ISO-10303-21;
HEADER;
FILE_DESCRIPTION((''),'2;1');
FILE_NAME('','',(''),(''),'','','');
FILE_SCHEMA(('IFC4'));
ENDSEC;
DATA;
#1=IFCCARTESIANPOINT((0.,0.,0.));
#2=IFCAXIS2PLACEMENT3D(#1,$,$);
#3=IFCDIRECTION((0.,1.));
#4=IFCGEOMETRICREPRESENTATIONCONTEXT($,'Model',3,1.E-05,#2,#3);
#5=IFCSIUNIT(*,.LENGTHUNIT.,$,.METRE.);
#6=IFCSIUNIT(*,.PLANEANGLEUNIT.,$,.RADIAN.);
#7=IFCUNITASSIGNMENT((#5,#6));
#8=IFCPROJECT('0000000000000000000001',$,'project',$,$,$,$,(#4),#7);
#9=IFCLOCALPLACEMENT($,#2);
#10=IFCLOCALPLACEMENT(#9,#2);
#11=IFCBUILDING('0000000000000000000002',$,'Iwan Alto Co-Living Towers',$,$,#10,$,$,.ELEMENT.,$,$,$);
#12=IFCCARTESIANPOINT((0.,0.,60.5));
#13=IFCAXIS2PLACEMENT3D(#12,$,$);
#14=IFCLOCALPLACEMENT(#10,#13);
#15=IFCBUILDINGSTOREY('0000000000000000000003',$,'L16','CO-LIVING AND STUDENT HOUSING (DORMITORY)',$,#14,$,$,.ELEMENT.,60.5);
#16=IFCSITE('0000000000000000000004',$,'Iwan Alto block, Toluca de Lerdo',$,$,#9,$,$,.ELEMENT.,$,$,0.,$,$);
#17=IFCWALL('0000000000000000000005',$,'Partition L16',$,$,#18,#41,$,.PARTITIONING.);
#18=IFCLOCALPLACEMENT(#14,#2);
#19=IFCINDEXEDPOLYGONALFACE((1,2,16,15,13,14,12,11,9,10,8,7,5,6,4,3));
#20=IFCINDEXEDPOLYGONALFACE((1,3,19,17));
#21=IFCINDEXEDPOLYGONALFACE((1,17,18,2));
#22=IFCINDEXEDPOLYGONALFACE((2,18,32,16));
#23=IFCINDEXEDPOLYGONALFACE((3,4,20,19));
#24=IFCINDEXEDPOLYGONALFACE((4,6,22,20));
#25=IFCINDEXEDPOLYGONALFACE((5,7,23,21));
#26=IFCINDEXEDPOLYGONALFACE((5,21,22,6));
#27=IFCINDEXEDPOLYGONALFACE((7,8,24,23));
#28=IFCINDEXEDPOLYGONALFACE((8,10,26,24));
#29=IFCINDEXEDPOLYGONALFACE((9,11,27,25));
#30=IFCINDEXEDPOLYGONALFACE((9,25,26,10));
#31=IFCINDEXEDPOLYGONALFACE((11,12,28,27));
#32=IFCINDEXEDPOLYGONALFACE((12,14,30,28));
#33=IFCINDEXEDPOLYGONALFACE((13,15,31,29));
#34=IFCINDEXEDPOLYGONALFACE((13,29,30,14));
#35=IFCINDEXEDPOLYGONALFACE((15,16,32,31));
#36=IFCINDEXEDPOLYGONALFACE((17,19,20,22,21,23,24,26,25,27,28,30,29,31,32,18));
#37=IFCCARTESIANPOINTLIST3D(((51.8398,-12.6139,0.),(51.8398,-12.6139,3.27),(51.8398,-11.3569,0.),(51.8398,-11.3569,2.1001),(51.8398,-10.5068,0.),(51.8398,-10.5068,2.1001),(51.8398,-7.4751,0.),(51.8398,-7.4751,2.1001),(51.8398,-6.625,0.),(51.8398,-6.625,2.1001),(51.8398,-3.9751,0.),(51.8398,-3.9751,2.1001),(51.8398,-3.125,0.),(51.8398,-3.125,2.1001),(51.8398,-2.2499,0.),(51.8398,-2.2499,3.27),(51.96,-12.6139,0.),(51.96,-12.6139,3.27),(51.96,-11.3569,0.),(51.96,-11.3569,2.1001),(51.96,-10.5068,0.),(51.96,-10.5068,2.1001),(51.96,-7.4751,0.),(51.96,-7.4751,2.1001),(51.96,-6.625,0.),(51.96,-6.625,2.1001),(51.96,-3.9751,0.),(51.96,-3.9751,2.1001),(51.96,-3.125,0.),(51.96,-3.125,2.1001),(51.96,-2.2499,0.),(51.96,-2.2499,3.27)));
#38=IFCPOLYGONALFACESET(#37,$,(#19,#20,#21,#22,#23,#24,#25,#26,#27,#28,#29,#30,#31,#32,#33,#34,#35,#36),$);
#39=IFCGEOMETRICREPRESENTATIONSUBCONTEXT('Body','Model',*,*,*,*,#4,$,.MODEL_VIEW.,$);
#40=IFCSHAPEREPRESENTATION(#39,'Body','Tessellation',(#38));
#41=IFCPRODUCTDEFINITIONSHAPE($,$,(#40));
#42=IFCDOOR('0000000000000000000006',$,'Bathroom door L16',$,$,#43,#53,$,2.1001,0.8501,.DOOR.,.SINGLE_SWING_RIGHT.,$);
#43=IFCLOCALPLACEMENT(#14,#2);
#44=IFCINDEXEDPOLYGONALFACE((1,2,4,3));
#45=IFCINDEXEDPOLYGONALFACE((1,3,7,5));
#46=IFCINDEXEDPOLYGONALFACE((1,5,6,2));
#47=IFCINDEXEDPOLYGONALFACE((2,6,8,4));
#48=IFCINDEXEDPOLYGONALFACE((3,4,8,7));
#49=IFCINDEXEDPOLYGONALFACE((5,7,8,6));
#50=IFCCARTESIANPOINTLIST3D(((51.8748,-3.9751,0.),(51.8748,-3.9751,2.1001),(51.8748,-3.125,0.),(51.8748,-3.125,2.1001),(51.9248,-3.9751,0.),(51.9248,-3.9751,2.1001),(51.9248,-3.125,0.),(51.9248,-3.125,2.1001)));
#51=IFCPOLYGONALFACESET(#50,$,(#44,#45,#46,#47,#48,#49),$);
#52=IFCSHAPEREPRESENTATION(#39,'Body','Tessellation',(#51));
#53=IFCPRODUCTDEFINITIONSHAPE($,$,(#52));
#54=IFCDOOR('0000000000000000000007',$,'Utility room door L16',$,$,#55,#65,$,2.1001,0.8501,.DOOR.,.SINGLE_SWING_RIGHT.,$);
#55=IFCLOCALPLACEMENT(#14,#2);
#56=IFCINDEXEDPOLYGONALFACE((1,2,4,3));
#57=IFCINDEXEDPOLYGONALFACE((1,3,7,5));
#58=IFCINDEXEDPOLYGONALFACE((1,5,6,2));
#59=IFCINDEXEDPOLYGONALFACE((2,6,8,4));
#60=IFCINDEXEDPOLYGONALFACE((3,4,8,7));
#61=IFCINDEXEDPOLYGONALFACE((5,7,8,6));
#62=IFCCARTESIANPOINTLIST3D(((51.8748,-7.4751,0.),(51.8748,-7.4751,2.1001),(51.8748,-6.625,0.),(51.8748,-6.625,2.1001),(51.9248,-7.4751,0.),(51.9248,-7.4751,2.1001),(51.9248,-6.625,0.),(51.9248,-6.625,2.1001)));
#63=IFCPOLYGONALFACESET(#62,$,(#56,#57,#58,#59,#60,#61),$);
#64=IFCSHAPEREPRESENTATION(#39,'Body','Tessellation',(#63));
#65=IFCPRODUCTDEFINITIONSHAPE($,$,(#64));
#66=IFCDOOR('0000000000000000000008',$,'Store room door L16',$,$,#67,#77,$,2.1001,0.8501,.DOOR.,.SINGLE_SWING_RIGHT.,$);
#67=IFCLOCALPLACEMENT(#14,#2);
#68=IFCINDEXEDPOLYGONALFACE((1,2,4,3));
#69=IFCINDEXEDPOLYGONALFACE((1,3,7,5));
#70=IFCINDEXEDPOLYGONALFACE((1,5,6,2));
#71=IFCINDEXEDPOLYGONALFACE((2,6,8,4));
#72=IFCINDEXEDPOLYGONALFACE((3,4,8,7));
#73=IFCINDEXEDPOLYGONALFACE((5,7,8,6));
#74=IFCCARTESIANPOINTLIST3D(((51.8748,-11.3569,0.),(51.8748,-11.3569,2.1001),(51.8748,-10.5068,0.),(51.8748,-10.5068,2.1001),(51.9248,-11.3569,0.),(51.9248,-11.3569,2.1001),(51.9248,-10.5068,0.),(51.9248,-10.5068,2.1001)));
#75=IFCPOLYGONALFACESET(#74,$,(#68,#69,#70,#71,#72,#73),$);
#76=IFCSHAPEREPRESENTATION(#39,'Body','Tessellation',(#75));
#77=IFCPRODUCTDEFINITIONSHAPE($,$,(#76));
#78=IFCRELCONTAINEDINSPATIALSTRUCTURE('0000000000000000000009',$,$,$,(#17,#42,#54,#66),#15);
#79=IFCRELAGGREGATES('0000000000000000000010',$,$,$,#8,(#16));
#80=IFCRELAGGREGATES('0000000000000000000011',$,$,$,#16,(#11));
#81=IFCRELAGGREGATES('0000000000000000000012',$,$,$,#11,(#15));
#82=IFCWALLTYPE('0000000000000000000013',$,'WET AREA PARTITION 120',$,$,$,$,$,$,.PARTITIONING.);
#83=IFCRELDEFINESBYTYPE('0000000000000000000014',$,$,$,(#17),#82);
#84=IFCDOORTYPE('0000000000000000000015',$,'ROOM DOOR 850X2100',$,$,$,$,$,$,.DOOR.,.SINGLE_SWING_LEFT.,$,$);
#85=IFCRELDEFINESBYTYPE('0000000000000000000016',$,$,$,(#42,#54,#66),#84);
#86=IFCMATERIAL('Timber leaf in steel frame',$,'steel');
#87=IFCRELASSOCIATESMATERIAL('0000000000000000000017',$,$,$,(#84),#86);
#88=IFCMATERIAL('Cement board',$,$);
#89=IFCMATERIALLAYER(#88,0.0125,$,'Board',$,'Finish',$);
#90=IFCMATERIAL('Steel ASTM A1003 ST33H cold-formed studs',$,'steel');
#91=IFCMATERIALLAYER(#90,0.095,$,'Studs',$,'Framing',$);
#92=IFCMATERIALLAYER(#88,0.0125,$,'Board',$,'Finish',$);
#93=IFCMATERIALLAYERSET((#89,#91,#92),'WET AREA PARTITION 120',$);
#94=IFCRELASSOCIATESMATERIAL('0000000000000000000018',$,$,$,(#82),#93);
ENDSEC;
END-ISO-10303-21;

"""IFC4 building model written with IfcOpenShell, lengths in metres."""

from ifc_helpers import new_model, si_unit, direction, frame, frame_2d, origin, place, context, subcontext, project, spatial, rectangle, extrude, material, layer, layer_set, type_object, element, fill, save


model = new_model("IFC4")

# Units and contexts
model_context = context("Model", 3, precision=1e-05, world=origin(), true_north=direction((0.0, 1.0)))
body_context = subcontext(model_context, "Body", "Model", "MODEL_VIEW")
ifc_project = project(units=[si_unit("LENGTHUNIT", "METRE"), si_unit("PLANEANGLEUNIT", "RADIAN")], contexts=[model_context])

# Site, building, storey
site_placement = place(None, origin())
site = spatial("IfcSite", under=ifc_project, at=site_placement, Name="Iwan Alto block, Toluca de Lerdo", CompositionType="ELEMENT", RefElevation=0.0)
building_placement = place(site_placement, origin())
building = spatial("IfcBuilding", under=site, at=building_placement, Name="Iwan Alto Co-Living Towers", CompositionType="ELEMENT")
storey_placement = place(building_placement, frame((0.0, 0.0, 60.5)))
storey = spatial("IfcBuildingStorey", under=building, at=storey_placement, Name="L16", Description="CO-LIVING AND STUDENT HOUSING (DORMITORY)", CompositionType="ELEMENT", Elevation=60.5)

# Shared definitions
ifc_material_1 = material(Name="Steel ASTM A1003 ST33H cold-formed studs", Category="steel")
ifc_material_2 = material(Name="Timber leaf in steel frame", Category="steel")
door_type_1 = type_object("IfcDoorType", Name="ROOM DOOR 850X2100", OperationType="SINGLE_SWING_LEFT", PredefinedType="DOOR", material=ifc_material_2)

# Shared definitions
ifc_material_3 = material(Name="Cement board")
ifc_layer_1 = layer(ifc_material_3, 0.0125, Name="Board", Category="Finish")
ifc_layer_2 = layer(ifc_material_1, 0.095, Name="Studs", Category="Framing")
ifc_layer_3 = layer(ifc_material_3, 0.0125, Name="Board", Category="Finish")
ifc_layer_set_1 = layer_set([ifc_layer_1, ifc_layer_2, ifc_layer_3], Name="WET AREA PARTITION 120")
wall_type_1 = type_object("IfcWallType", Name="WET AREA PARTITION 120", PredefinedType="PARTITIONING", material=ifc_layer_set_1)

# Wall, openings, doors
wall_1_placement = place(storey_placement, frame((51.8999, -12.614, 0.0), z_axis=(0.0, 0.0, 1.0), x_axis=(0.0, 1.0, 0.0)))
wall_1 = element("IfcWall", 1, at=wall_1_placement, inside=storey, type_object=wall_type_1, Name="Partition L16", PredefinedType="PARTITIONING", context=body_context, shape_type="SweptSolid", body=[
    extrude(rectangle(XDim=10.364, YDim=0.1201, at=frame_2d((5.1821, 0.0))), origin(), (0.0, 0.0, 1.0), 3.27),
])
opening_1_placement = place(wall_1_placement, frame((8.6389, 0.0, 0.0)))
opening_1 = element("IfcOpeningElement", 2, at=opening_1_placement, cuts=wall_1, PredefinedType="OPENING", context=body_context, shape_type="SweptSolid", body=[
    extrude(rectangle(XDim=0.8501, YDim=2.1001, at=frame_2d((0.425, 1.05))), frame((0.0, 0.0701, 0.0), z_axis=(0.0, -1.0, 0.0), x_axis=(1.0, 0.0, 0.0)), (0.0, 0.0, 1.0), 0.1401),
])
opening_2_placement = place(wall_1_placement, frame((5.1389, 0.0, 0.0)))
opening_2 = element("IfcOpeningElement", 3, at=opening_2_placement, cuts=wall_1, PredefinedType="OPENING", context=body_context, shape_type="SweptSolid", body=[
    extrude(rectangle(XDim=0.8501, YDim=2.1001, at=frame_2d((0.425, 1.05))), frame((0.0, 0.0701, 0.0), z_axis=(0.0, -1.0, 0.0), x_axis=(1.0, 0.0, 0.0)), (0.0, 0.0, 1.0), 0.1401),
])
opening_3_placement = place(wall_1_placement, frame((1.2571, 0.0, 0.0)))
opening_3 = element("IfcOpeningElement", 4, at=opening_3_placement, cuts=wall_1, PredefinedType="OPENING", context=body_context, shape_type="SweptSolid", body=[
    extrude(rectangle(XDim=0.8501, YDim=2.1001, at=frame_2d((0.425, 1.05))), frame((0.0, 0.0701, 0.0), z_axis=(0.0, -1.0, 0.0), x_axis=(1.0, 0.0, 0.0)), (0.0, 0.0, 1.0), 0.1401),
])
door_1_placement = place(opening_1_placement, frame((0.8501, 0.0, 0.0), z_axis=(0.0, 0.0, 1.0), x_axis=(-1.0, 0.0, 0.0)))
door_1 = element("IfcDoor", 5, at=door_1_placement, inside=storey, type_object=door_type_1, Name="Bathroom door L16", OperationType="SINGLE_SWING_RIGHT", OverallHeight=2.1001, OverallWidth=0.8501, PredefinedType="DOOR", context=body_context, shape_type="SweptSolid", body=[
    extrude(rectangle(XDim=0.8501, YDim=2.1001, at=frame_2d((0.425, 1.05))), frame((0.0, 0.0249, 0.0), z_axis=(0.0, -1.0, 0.0), x_axis=(1.0, 0.0, 0.0)), (0.0, 0.0, 1.0), 0.05),
])
fill(opening_1, door_1)
door_2_placement = place(opening_2_placement, frame((0.8501, 0.0, 0.0), z_axis=(0.0, 0.0, 1.0), x_axis=(-1.0, 0.0, 0.0)))
door_2 = element("IfcDoor", 6, at=door_2_placement, inside=storey, type_object=door_type_1, Name="Utility room door L16", OperationType="SINGLE_SWING_RIGHT", OverallHeight=2.1001, OverallWidth=0.8501, PredefinedType="DOOR", context=body_context, shape_type="SweptSolid", body=[
    extrude(rectangle(XDim=0.8501, YDim=2.1001, at=frame_2d((0.425, 1.05))), frame((0.0, 0.0249, 0.0), z_axis=(0.0, -1.0, 0.0), x_axis=(1.0, 0.0, 0.0)), (0.0, 0.0, 1.0), 0.05),
])
fill(opening_2, door_2)
door_3_placement = place(opening_3_placement, frame((0.8501, 0.0, 0.0), z_axis=(0.0, 0.0, 1.0), x_axis=(-1.0, 0.0, 0.0)))
door_3 = element("IfcDoor", 7, at=door_3_placement, inside=storey, type_object=door_type_1, Name="Store room door L16", OperationType="SINGLE_SWING_RIGHT", OverallHeight=2.1001, OverallWidth=0.8501, PredefinedType="DOOR", context=body_context, shape_type="SweptSolid", body=[
    extrude(rectangle(XDim=0.8501, YDim=2.1001, at=frame_2d((0.425, 1.05))), frame((0.0, 0.0249, 0.0), z_axis=(0.0, -1.0, 0.0), x_axis=(1.0, 0.0, 0.0)), (0.0, 0.0, 1.0), 0.05),
])
fill(opening_3, door_3)

save(model, "model.ifc")
